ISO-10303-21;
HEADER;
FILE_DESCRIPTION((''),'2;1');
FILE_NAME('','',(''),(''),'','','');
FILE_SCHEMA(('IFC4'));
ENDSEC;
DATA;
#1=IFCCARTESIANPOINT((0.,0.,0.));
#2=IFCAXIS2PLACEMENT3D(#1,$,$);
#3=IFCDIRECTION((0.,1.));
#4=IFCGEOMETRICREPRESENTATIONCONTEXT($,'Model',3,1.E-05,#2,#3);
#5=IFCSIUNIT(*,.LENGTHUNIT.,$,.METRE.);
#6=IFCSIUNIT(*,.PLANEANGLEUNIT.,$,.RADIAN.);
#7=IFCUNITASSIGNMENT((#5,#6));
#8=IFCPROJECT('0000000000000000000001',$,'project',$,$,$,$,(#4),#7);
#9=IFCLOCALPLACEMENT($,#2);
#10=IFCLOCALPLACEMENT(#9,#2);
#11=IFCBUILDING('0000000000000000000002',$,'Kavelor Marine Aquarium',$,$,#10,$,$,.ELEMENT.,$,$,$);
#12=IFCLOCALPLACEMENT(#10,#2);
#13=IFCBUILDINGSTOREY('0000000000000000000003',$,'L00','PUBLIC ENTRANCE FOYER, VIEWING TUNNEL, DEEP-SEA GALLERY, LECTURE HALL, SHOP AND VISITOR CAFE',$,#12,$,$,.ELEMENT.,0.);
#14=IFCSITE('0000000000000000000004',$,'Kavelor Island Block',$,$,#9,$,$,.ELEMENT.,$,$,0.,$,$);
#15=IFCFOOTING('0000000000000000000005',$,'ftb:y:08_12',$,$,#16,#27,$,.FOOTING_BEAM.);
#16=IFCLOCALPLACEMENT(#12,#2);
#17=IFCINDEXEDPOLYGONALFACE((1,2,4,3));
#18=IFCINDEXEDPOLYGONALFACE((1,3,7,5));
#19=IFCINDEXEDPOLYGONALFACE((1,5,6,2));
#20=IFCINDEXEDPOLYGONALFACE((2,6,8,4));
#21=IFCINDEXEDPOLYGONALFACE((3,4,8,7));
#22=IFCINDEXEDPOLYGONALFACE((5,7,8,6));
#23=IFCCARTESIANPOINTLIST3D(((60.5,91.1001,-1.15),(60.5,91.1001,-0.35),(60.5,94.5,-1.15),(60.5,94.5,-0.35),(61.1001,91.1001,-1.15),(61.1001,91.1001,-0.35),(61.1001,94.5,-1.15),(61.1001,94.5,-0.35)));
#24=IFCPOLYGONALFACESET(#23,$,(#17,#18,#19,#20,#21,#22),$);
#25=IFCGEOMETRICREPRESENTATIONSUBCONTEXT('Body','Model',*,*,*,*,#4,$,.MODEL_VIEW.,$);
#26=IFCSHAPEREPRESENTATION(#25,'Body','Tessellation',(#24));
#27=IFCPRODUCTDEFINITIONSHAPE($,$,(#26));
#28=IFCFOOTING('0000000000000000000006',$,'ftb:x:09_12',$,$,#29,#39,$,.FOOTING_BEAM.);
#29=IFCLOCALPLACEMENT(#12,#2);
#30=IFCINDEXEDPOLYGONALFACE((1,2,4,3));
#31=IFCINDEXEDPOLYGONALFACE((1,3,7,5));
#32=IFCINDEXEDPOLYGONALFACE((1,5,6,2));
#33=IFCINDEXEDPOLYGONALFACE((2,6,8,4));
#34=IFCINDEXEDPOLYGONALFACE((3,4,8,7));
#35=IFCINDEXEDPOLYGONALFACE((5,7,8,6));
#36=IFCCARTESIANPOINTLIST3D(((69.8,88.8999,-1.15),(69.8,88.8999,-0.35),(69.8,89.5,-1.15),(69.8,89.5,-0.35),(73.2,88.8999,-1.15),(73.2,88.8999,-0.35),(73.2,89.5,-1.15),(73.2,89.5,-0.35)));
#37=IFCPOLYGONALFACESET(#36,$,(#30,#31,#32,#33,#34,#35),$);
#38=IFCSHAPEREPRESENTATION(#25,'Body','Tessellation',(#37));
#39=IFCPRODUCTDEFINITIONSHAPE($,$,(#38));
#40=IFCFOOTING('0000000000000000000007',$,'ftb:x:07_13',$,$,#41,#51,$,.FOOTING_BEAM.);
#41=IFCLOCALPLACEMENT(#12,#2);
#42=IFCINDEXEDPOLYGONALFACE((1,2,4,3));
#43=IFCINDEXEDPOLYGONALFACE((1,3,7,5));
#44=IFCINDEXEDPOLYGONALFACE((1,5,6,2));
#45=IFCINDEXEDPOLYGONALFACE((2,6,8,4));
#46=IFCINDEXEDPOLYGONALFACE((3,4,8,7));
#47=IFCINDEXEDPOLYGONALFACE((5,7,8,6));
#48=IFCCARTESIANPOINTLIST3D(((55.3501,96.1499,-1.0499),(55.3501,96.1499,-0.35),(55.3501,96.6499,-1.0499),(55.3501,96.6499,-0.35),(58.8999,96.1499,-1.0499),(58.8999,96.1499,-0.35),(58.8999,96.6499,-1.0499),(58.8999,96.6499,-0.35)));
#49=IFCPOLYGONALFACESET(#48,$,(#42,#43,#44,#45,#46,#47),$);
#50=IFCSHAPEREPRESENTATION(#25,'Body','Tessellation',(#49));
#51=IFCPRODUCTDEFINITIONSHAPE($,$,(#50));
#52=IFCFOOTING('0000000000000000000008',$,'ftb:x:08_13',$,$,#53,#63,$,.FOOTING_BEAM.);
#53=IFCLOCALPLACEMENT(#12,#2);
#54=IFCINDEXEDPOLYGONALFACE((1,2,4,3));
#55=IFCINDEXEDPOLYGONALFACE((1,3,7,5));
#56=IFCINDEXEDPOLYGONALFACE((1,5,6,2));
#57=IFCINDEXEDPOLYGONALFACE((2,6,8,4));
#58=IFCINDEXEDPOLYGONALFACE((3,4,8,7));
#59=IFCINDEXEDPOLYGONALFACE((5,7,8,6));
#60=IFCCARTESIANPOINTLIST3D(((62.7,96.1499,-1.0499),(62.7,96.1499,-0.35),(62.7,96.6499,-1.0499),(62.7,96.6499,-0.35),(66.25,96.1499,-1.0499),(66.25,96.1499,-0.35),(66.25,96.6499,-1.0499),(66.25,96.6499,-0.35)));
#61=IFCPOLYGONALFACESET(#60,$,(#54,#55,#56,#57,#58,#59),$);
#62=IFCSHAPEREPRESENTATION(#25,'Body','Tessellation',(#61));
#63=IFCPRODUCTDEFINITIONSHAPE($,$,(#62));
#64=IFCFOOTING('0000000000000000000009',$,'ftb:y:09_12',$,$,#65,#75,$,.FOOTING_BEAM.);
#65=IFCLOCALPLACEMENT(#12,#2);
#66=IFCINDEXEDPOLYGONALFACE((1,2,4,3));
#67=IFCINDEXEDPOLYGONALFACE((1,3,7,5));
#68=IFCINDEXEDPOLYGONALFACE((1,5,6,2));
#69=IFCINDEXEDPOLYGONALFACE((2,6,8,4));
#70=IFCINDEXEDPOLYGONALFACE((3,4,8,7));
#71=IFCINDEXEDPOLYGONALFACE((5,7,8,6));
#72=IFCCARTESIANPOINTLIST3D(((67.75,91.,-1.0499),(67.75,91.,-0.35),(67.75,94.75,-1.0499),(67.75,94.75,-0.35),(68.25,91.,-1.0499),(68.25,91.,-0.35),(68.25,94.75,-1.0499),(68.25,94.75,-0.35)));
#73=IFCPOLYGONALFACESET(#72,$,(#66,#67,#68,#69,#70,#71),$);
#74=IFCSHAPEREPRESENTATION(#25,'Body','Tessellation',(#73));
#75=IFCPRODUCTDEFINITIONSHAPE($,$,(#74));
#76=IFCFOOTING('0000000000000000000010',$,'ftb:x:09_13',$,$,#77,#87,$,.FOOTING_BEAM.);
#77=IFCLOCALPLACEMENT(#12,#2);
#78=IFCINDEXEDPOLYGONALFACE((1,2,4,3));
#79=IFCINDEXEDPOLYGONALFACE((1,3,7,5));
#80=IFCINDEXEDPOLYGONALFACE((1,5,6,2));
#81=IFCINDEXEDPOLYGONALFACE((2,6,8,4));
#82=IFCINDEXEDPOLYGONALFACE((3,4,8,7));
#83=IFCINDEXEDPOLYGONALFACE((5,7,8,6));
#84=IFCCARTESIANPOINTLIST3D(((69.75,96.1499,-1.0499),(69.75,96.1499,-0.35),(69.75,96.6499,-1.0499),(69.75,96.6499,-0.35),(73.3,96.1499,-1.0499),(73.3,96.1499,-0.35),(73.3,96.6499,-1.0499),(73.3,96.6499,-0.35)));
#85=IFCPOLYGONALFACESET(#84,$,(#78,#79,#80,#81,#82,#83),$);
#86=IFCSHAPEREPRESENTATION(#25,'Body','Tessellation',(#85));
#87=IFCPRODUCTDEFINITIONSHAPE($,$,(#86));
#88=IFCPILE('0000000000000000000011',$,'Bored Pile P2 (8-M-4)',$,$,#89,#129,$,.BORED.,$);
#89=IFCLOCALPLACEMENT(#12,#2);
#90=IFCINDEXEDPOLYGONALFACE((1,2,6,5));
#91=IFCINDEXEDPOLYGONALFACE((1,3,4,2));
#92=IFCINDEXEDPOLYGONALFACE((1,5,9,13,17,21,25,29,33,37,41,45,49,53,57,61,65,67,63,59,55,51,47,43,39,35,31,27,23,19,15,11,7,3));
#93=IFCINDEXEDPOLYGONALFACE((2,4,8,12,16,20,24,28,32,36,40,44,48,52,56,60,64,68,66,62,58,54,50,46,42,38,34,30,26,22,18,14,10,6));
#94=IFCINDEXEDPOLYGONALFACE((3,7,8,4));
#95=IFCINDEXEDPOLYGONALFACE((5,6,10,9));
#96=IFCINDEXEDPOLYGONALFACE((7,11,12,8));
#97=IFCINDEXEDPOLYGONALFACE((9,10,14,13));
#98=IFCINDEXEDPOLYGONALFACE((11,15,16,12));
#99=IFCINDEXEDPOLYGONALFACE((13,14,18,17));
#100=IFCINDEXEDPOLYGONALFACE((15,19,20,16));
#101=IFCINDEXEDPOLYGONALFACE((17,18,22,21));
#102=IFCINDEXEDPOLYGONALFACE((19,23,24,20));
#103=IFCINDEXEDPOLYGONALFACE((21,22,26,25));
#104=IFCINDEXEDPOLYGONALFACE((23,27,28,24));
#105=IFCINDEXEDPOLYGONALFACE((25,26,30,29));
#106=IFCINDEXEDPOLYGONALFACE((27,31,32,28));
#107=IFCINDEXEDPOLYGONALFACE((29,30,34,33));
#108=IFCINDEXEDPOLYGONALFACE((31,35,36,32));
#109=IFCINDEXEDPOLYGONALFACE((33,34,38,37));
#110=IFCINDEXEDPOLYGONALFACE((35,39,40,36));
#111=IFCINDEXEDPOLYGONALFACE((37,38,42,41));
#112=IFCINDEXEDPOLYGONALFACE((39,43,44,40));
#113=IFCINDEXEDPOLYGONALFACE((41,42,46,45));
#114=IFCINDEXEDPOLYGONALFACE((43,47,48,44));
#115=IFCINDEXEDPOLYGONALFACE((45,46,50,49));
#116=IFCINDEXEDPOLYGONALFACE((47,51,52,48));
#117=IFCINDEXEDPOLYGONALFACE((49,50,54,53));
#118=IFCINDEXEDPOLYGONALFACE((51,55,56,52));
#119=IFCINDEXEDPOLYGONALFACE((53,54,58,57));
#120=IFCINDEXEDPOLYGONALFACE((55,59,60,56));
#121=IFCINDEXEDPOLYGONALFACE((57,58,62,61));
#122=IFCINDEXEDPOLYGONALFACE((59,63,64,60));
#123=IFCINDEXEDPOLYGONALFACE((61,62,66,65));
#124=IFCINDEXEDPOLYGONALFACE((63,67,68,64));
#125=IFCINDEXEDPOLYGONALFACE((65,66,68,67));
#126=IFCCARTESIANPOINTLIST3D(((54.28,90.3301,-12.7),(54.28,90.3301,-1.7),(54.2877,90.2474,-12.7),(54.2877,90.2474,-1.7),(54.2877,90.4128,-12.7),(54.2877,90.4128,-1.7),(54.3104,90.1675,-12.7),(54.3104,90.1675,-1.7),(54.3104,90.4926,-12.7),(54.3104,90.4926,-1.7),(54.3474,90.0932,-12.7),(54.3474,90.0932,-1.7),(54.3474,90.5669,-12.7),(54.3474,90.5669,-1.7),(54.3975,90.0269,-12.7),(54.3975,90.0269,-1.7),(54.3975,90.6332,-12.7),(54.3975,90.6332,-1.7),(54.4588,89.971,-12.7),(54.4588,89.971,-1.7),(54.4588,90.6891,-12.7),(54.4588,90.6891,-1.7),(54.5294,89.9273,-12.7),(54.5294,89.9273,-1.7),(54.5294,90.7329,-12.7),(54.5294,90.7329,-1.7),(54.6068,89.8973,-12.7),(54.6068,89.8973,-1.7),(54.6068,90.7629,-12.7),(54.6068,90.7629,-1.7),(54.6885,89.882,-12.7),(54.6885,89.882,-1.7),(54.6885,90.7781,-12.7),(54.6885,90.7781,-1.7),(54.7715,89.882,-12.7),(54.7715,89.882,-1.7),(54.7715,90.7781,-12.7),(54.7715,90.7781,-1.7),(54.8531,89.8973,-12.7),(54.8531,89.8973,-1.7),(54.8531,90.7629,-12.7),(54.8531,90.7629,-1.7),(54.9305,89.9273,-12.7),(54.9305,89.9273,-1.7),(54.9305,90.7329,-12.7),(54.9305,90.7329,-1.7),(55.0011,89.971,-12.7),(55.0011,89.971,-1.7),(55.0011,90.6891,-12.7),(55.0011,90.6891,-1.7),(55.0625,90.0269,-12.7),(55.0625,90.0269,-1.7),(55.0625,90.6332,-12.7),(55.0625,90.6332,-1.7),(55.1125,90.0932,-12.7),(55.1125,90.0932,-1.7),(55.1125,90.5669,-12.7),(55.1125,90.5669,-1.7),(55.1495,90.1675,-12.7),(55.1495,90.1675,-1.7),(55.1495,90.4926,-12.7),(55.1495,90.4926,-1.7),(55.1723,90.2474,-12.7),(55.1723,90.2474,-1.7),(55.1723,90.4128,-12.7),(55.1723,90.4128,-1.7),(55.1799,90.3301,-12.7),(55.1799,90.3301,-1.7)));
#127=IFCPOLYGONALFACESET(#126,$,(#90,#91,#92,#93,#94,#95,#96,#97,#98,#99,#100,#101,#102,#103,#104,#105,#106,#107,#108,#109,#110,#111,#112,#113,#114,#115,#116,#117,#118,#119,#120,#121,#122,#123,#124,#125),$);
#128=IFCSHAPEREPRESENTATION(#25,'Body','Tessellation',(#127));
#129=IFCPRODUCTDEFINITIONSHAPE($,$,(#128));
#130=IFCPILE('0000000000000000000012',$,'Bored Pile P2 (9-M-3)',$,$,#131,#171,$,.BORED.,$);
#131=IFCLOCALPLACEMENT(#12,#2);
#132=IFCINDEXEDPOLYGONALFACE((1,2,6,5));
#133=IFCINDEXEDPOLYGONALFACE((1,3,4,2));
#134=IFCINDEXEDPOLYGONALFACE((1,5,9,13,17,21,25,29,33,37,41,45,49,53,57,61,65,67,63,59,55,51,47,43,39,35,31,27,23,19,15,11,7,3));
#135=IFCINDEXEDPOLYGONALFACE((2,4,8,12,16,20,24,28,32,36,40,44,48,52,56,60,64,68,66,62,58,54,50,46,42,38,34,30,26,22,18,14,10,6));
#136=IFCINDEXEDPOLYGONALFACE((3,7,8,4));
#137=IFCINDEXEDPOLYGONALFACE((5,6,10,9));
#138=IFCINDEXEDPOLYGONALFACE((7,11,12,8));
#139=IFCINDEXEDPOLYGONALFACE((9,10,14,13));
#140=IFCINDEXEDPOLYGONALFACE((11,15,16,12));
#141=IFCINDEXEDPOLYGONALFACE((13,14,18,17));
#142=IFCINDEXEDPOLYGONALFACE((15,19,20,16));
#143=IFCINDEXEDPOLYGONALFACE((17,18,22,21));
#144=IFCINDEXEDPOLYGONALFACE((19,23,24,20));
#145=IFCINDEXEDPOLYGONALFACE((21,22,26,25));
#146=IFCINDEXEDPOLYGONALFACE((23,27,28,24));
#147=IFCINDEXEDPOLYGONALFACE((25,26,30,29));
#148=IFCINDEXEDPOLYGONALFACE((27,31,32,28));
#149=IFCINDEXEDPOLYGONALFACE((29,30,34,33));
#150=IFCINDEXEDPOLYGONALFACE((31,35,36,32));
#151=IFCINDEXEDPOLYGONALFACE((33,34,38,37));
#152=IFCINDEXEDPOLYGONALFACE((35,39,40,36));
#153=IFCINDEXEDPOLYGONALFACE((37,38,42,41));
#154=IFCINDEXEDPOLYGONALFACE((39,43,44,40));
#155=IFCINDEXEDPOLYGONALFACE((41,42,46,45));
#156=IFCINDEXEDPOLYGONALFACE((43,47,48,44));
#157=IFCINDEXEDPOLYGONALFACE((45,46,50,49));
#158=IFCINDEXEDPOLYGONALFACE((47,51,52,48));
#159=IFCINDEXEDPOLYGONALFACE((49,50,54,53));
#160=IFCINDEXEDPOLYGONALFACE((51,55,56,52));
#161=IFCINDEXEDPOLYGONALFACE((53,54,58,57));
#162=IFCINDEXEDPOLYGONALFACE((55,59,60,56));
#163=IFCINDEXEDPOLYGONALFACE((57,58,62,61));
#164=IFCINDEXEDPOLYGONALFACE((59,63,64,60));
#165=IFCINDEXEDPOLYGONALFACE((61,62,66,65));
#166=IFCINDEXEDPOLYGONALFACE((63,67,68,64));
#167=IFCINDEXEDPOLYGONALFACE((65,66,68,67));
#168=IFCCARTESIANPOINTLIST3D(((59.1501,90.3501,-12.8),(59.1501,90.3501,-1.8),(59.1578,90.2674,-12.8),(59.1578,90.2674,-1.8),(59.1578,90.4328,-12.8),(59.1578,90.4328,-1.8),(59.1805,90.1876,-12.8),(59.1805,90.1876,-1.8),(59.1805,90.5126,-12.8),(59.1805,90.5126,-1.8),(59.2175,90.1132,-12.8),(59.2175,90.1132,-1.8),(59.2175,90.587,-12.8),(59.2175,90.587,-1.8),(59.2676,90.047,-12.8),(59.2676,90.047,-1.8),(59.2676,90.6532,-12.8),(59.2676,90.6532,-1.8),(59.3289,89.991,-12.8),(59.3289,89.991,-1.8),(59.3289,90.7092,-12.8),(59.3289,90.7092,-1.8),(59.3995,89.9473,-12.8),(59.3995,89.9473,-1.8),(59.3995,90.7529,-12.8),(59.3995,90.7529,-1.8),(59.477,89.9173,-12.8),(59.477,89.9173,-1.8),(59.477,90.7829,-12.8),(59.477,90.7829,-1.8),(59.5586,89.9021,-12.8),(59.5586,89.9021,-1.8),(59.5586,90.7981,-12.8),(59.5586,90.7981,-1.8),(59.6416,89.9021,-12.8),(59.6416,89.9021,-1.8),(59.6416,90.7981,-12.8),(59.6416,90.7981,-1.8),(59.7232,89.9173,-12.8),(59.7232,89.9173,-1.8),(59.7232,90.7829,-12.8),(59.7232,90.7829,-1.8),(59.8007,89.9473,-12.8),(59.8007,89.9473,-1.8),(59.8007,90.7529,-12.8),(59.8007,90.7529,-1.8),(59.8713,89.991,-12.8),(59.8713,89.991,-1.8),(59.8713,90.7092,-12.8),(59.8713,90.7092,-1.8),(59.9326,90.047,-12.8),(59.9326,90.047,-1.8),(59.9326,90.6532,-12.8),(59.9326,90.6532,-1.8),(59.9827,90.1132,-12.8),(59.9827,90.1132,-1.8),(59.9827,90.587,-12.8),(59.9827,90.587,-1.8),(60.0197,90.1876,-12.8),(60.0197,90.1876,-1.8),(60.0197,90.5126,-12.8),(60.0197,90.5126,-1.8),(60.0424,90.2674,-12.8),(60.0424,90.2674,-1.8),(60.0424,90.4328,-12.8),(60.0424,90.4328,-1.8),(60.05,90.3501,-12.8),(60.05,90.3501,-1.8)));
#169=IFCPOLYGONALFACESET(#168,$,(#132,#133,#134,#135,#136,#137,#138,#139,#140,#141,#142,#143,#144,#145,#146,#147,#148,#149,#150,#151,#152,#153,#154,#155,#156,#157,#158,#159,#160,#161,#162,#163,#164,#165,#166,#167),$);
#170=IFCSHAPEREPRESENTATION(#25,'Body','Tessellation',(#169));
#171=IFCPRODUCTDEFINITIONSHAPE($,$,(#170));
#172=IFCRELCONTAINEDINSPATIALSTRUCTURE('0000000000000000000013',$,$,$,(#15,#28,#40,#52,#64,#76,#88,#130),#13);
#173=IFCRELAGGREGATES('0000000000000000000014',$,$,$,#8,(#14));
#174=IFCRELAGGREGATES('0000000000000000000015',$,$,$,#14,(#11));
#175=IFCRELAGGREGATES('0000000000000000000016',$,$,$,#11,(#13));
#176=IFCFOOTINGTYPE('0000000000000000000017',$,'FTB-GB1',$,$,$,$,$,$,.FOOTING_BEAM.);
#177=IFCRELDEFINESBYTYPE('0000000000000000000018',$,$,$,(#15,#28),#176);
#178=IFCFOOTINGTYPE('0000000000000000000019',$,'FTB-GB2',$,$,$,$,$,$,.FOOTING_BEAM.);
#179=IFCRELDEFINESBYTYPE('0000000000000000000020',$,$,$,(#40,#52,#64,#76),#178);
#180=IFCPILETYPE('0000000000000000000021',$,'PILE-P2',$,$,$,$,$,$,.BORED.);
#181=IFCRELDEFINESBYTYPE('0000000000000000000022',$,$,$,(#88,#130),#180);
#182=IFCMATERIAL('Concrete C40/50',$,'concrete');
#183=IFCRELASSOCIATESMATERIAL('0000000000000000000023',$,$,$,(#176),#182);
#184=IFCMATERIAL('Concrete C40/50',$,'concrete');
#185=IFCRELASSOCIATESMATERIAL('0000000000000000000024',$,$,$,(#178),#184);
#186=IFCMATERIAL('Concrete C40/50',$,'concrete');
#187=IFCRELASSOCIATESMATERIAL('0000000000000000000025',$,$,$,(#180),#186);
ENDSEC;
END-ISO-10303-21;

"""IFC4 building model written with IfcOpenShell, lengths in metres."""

from ifc_helpers import new_model, si_unit, direction, frame, origin, origin_2d, place, context, subcontext, project, spatial, rectangle, circle, extrude, material, material_profile, profile_set, type_object, element, save


model = new_model("IFC4")

# Units and contexts
model_context = context("Model", 3, precision=1e-05, world=origin(), true_north=direction((0.0, 1.0)))
body_context = subcontext(model_context, "Body", "Model", "MODEL_VIEW")
ifc_project = project(units=[si_unit("LENGTHUNIT", "METRE"), si_unit("PLANEANGLEUNIT", "RADIAN")], contexts=[model_context])

# Site, building, storey
site_placement = place(None, origin())
site = spatial("IfcSite", under=ifc_project, at=site_placement, Name="Kavelor Island Block", CompositionType="ELEMENT", RefElevation=0.0)
building_placement = place(site_placement, origin())
building = spatial("IfcBuilding", under=site, at=building_placement, Name="Kavelor Marine Aquarium", CompositionType="ELEMENT")
storey_placement = place(building_placement, origin())
storey = spatial("IfcBuildingStorey", under=building, at=storey_placement, Name="L00", Description="PUBLIC ENTRANCE FOYER, VIEWING TUNNEL, DEEP-SEA GALLERY, LECTURE HALL, SHOP AND VISITOR CAFE", CompositionType="ELEMENT", Elevation=0.0)

# Footings
ifc_material_1 = material(Name="Concrete C40/50", Category="concrete")
ifc_material_profile_1 = material_profile(ifc_material_1, rectangle(XDim=0.6001, YDim=0.8, at=origin_2d()), Name="GB 600x800")
ifc_profile_set_1 = profile_set([ifc_material_profile_1], Name="Concrete C40/50")
footing_type_1 = type_object("IfcFootingType", Name="FTB-GB1", PredefinedType="FOOTING_BEAM", material=ifc_profile_set_1)
for number, where, z_axis, x_axis, name in (
    (1, (60.8, 91.1001, -0.75), (0.0, 1.0, 0.0), (-1.0, 0.0, 0.0), "ftb:y:08_12"),
    (2, (69.8, 89.2, -0.75), (1.0, 0.0, 0.0), (0.0, 1.0, 0.0), "ftb:x:09_12"),
):
    element("IfcFooting", number, at=place(storey_placement, frame(where, z_axis=z_axis, x_axis=x_axis)), inside=storey, type_object=footing_type_1, Name=name, PredefinedType="FOOTING_BEAM", context=body_context, shape_type="SweptSolid", body=[
        extrude(rectangle(XDim=0.6001, YDim=0.8, at=origin_2d()), origin(), (0.0, 0.0, 1.0), 3.3999),
    ])
ifc_material_2 = material(Name="Concrete C40/50", Category="concrete")
ifc_material_profile_2 = material_profile(ifc_material_2, rectangle(XDim=0.5, YDim=0.7, at=origin_2d()), Name="GB 500x700")
ifc_profile_set_2 = profile_set([ifc_material_profile_2], Name="Concrete C40/50")
footing_type_2 = type_object("IfcFootingType", Name="FTB-GB2", PredefinedType="FOOTING_BEAM", material=ifc_profile_set_2)
footing_1_placement = place(storey_placement, frame((55.3501, 96.3999, -0.7), z_axis=(1.0, 0.0, 0.0), x_axis=(0.0, 1.0, 0.0)))
element("IfcFooting", 3, at=footing_1_placement, inside=storey, type_object=footing_type_2, Name="ftb:x:07_13", PredefinedType="FOOTING_BEAM", context=body_context, shape_type="SweptSolid", body=[
    extrude(rectangle(XDim=0.5, YDim=0.7, at=origin_2d()), origin(), (0.0, 0.0, 1.0), 3.5498),
])
footing_2_placement = place(storey_placement, frame((62.7, 96.3999, -0.7), z_axis=(1.0, 0.0, 0.0), x_axis=(0.0, 1.0, 0.0)))
element("IfcFooting", 4, at=footing_2_placement, inside=storey, type_object=footing_type_2, Name="ftb:x:08_13", PredefinedType="FOOTING_BEAM", context=body_context, shape_type="SweptSolid", body=[
    extrude(rectangle(XDim=0.5, YDim=0.7, at=origin_2d()), origin(), (0.0, 0.0, 1.0), 3.55),
])
footing_3_placement = place(storey_placement, frame((68.0, 91.0, -0.7), z_axis=(0.0, 1.0, 0.0), x_axis=(-1.0, 0.0, 0.0)))
element("IfcFooting", 5, at=footing_3_placement, inside=storey, type_object=footing_type_2, Name="ftb:y:09_12", PredefinedType="FOOTING_BEAM", context=body_context, shape_type="SweptSolid", body=[
    extrude(rectangle(XDim=0.5, YDim=0.7, at=origin_2d()), origin(), (0.0, 0.0, 1.0), 3.75),
])
footing_4_placement = place(storey_placement, frame((69.75, 96.3999, -0.7), z_axis=(1.0, 0.0, 0.0), x_axis=(0.0, 1.0, 0.0)))
element("IfcFooting", 6, at=footing_4_placement, inside=storey, type_object=footing_type_2, Name="ftb:x:09_13", PredefinedType="FOOTING_BEAM", context=body_context, shape_type="SweptSolid", body=[
    extrude(rectangle(XDim=0.5, YDim=0.7, at=origin_2d()), origin(), (0.0, 0.0, 1.0), 3.55),
])

# Piles
ifc_material_3 = material(Name="Concrete C40/50", Category="concrete")
ifc_material_profile_3 = material_profile(ifc_material_3, circle(Radius=0.45, at=origin_2d()), Name="PILE D900")
ifc_profile_set_3 = profile_set([ifc_material_profile_3], Name="Concrete C40/50")
pile_type_1 = type_object("IfcPileType", Name="PILE-P2", PredefinedType="BORED", material=ifc_profile_set_3)
for number, where, z_axis, x_axis, name in (
    (7, (54.73, 90.3301, -1.7), (0.0, 0.0, -1.0), (1.0, 0.0, 0.0), "Bored Pile P2 (8-M-4)"),
    (8, (59.6001, 90.3501, -1.8), (0.0, 0.0, -1.0), (1.0, 0.0, 0.0), "Bored Pile P2 (9-M-3)"),
):
    element("IfcPile", number, at=place(storey_placement, frame(where, z_axis=z_axis, x_axis=x_axis)), inside=storey, type_object=pile_type_1, Name=name, PredefinedType="BORED", context=body_context, shape_type="SweptSolid", body=[
        extrude(circle(Radius=0.45, at=origin_2d()), origin(), (0.0, 0.0, 1.0), 11.0),
    ])

save(model, "model.ifc")
